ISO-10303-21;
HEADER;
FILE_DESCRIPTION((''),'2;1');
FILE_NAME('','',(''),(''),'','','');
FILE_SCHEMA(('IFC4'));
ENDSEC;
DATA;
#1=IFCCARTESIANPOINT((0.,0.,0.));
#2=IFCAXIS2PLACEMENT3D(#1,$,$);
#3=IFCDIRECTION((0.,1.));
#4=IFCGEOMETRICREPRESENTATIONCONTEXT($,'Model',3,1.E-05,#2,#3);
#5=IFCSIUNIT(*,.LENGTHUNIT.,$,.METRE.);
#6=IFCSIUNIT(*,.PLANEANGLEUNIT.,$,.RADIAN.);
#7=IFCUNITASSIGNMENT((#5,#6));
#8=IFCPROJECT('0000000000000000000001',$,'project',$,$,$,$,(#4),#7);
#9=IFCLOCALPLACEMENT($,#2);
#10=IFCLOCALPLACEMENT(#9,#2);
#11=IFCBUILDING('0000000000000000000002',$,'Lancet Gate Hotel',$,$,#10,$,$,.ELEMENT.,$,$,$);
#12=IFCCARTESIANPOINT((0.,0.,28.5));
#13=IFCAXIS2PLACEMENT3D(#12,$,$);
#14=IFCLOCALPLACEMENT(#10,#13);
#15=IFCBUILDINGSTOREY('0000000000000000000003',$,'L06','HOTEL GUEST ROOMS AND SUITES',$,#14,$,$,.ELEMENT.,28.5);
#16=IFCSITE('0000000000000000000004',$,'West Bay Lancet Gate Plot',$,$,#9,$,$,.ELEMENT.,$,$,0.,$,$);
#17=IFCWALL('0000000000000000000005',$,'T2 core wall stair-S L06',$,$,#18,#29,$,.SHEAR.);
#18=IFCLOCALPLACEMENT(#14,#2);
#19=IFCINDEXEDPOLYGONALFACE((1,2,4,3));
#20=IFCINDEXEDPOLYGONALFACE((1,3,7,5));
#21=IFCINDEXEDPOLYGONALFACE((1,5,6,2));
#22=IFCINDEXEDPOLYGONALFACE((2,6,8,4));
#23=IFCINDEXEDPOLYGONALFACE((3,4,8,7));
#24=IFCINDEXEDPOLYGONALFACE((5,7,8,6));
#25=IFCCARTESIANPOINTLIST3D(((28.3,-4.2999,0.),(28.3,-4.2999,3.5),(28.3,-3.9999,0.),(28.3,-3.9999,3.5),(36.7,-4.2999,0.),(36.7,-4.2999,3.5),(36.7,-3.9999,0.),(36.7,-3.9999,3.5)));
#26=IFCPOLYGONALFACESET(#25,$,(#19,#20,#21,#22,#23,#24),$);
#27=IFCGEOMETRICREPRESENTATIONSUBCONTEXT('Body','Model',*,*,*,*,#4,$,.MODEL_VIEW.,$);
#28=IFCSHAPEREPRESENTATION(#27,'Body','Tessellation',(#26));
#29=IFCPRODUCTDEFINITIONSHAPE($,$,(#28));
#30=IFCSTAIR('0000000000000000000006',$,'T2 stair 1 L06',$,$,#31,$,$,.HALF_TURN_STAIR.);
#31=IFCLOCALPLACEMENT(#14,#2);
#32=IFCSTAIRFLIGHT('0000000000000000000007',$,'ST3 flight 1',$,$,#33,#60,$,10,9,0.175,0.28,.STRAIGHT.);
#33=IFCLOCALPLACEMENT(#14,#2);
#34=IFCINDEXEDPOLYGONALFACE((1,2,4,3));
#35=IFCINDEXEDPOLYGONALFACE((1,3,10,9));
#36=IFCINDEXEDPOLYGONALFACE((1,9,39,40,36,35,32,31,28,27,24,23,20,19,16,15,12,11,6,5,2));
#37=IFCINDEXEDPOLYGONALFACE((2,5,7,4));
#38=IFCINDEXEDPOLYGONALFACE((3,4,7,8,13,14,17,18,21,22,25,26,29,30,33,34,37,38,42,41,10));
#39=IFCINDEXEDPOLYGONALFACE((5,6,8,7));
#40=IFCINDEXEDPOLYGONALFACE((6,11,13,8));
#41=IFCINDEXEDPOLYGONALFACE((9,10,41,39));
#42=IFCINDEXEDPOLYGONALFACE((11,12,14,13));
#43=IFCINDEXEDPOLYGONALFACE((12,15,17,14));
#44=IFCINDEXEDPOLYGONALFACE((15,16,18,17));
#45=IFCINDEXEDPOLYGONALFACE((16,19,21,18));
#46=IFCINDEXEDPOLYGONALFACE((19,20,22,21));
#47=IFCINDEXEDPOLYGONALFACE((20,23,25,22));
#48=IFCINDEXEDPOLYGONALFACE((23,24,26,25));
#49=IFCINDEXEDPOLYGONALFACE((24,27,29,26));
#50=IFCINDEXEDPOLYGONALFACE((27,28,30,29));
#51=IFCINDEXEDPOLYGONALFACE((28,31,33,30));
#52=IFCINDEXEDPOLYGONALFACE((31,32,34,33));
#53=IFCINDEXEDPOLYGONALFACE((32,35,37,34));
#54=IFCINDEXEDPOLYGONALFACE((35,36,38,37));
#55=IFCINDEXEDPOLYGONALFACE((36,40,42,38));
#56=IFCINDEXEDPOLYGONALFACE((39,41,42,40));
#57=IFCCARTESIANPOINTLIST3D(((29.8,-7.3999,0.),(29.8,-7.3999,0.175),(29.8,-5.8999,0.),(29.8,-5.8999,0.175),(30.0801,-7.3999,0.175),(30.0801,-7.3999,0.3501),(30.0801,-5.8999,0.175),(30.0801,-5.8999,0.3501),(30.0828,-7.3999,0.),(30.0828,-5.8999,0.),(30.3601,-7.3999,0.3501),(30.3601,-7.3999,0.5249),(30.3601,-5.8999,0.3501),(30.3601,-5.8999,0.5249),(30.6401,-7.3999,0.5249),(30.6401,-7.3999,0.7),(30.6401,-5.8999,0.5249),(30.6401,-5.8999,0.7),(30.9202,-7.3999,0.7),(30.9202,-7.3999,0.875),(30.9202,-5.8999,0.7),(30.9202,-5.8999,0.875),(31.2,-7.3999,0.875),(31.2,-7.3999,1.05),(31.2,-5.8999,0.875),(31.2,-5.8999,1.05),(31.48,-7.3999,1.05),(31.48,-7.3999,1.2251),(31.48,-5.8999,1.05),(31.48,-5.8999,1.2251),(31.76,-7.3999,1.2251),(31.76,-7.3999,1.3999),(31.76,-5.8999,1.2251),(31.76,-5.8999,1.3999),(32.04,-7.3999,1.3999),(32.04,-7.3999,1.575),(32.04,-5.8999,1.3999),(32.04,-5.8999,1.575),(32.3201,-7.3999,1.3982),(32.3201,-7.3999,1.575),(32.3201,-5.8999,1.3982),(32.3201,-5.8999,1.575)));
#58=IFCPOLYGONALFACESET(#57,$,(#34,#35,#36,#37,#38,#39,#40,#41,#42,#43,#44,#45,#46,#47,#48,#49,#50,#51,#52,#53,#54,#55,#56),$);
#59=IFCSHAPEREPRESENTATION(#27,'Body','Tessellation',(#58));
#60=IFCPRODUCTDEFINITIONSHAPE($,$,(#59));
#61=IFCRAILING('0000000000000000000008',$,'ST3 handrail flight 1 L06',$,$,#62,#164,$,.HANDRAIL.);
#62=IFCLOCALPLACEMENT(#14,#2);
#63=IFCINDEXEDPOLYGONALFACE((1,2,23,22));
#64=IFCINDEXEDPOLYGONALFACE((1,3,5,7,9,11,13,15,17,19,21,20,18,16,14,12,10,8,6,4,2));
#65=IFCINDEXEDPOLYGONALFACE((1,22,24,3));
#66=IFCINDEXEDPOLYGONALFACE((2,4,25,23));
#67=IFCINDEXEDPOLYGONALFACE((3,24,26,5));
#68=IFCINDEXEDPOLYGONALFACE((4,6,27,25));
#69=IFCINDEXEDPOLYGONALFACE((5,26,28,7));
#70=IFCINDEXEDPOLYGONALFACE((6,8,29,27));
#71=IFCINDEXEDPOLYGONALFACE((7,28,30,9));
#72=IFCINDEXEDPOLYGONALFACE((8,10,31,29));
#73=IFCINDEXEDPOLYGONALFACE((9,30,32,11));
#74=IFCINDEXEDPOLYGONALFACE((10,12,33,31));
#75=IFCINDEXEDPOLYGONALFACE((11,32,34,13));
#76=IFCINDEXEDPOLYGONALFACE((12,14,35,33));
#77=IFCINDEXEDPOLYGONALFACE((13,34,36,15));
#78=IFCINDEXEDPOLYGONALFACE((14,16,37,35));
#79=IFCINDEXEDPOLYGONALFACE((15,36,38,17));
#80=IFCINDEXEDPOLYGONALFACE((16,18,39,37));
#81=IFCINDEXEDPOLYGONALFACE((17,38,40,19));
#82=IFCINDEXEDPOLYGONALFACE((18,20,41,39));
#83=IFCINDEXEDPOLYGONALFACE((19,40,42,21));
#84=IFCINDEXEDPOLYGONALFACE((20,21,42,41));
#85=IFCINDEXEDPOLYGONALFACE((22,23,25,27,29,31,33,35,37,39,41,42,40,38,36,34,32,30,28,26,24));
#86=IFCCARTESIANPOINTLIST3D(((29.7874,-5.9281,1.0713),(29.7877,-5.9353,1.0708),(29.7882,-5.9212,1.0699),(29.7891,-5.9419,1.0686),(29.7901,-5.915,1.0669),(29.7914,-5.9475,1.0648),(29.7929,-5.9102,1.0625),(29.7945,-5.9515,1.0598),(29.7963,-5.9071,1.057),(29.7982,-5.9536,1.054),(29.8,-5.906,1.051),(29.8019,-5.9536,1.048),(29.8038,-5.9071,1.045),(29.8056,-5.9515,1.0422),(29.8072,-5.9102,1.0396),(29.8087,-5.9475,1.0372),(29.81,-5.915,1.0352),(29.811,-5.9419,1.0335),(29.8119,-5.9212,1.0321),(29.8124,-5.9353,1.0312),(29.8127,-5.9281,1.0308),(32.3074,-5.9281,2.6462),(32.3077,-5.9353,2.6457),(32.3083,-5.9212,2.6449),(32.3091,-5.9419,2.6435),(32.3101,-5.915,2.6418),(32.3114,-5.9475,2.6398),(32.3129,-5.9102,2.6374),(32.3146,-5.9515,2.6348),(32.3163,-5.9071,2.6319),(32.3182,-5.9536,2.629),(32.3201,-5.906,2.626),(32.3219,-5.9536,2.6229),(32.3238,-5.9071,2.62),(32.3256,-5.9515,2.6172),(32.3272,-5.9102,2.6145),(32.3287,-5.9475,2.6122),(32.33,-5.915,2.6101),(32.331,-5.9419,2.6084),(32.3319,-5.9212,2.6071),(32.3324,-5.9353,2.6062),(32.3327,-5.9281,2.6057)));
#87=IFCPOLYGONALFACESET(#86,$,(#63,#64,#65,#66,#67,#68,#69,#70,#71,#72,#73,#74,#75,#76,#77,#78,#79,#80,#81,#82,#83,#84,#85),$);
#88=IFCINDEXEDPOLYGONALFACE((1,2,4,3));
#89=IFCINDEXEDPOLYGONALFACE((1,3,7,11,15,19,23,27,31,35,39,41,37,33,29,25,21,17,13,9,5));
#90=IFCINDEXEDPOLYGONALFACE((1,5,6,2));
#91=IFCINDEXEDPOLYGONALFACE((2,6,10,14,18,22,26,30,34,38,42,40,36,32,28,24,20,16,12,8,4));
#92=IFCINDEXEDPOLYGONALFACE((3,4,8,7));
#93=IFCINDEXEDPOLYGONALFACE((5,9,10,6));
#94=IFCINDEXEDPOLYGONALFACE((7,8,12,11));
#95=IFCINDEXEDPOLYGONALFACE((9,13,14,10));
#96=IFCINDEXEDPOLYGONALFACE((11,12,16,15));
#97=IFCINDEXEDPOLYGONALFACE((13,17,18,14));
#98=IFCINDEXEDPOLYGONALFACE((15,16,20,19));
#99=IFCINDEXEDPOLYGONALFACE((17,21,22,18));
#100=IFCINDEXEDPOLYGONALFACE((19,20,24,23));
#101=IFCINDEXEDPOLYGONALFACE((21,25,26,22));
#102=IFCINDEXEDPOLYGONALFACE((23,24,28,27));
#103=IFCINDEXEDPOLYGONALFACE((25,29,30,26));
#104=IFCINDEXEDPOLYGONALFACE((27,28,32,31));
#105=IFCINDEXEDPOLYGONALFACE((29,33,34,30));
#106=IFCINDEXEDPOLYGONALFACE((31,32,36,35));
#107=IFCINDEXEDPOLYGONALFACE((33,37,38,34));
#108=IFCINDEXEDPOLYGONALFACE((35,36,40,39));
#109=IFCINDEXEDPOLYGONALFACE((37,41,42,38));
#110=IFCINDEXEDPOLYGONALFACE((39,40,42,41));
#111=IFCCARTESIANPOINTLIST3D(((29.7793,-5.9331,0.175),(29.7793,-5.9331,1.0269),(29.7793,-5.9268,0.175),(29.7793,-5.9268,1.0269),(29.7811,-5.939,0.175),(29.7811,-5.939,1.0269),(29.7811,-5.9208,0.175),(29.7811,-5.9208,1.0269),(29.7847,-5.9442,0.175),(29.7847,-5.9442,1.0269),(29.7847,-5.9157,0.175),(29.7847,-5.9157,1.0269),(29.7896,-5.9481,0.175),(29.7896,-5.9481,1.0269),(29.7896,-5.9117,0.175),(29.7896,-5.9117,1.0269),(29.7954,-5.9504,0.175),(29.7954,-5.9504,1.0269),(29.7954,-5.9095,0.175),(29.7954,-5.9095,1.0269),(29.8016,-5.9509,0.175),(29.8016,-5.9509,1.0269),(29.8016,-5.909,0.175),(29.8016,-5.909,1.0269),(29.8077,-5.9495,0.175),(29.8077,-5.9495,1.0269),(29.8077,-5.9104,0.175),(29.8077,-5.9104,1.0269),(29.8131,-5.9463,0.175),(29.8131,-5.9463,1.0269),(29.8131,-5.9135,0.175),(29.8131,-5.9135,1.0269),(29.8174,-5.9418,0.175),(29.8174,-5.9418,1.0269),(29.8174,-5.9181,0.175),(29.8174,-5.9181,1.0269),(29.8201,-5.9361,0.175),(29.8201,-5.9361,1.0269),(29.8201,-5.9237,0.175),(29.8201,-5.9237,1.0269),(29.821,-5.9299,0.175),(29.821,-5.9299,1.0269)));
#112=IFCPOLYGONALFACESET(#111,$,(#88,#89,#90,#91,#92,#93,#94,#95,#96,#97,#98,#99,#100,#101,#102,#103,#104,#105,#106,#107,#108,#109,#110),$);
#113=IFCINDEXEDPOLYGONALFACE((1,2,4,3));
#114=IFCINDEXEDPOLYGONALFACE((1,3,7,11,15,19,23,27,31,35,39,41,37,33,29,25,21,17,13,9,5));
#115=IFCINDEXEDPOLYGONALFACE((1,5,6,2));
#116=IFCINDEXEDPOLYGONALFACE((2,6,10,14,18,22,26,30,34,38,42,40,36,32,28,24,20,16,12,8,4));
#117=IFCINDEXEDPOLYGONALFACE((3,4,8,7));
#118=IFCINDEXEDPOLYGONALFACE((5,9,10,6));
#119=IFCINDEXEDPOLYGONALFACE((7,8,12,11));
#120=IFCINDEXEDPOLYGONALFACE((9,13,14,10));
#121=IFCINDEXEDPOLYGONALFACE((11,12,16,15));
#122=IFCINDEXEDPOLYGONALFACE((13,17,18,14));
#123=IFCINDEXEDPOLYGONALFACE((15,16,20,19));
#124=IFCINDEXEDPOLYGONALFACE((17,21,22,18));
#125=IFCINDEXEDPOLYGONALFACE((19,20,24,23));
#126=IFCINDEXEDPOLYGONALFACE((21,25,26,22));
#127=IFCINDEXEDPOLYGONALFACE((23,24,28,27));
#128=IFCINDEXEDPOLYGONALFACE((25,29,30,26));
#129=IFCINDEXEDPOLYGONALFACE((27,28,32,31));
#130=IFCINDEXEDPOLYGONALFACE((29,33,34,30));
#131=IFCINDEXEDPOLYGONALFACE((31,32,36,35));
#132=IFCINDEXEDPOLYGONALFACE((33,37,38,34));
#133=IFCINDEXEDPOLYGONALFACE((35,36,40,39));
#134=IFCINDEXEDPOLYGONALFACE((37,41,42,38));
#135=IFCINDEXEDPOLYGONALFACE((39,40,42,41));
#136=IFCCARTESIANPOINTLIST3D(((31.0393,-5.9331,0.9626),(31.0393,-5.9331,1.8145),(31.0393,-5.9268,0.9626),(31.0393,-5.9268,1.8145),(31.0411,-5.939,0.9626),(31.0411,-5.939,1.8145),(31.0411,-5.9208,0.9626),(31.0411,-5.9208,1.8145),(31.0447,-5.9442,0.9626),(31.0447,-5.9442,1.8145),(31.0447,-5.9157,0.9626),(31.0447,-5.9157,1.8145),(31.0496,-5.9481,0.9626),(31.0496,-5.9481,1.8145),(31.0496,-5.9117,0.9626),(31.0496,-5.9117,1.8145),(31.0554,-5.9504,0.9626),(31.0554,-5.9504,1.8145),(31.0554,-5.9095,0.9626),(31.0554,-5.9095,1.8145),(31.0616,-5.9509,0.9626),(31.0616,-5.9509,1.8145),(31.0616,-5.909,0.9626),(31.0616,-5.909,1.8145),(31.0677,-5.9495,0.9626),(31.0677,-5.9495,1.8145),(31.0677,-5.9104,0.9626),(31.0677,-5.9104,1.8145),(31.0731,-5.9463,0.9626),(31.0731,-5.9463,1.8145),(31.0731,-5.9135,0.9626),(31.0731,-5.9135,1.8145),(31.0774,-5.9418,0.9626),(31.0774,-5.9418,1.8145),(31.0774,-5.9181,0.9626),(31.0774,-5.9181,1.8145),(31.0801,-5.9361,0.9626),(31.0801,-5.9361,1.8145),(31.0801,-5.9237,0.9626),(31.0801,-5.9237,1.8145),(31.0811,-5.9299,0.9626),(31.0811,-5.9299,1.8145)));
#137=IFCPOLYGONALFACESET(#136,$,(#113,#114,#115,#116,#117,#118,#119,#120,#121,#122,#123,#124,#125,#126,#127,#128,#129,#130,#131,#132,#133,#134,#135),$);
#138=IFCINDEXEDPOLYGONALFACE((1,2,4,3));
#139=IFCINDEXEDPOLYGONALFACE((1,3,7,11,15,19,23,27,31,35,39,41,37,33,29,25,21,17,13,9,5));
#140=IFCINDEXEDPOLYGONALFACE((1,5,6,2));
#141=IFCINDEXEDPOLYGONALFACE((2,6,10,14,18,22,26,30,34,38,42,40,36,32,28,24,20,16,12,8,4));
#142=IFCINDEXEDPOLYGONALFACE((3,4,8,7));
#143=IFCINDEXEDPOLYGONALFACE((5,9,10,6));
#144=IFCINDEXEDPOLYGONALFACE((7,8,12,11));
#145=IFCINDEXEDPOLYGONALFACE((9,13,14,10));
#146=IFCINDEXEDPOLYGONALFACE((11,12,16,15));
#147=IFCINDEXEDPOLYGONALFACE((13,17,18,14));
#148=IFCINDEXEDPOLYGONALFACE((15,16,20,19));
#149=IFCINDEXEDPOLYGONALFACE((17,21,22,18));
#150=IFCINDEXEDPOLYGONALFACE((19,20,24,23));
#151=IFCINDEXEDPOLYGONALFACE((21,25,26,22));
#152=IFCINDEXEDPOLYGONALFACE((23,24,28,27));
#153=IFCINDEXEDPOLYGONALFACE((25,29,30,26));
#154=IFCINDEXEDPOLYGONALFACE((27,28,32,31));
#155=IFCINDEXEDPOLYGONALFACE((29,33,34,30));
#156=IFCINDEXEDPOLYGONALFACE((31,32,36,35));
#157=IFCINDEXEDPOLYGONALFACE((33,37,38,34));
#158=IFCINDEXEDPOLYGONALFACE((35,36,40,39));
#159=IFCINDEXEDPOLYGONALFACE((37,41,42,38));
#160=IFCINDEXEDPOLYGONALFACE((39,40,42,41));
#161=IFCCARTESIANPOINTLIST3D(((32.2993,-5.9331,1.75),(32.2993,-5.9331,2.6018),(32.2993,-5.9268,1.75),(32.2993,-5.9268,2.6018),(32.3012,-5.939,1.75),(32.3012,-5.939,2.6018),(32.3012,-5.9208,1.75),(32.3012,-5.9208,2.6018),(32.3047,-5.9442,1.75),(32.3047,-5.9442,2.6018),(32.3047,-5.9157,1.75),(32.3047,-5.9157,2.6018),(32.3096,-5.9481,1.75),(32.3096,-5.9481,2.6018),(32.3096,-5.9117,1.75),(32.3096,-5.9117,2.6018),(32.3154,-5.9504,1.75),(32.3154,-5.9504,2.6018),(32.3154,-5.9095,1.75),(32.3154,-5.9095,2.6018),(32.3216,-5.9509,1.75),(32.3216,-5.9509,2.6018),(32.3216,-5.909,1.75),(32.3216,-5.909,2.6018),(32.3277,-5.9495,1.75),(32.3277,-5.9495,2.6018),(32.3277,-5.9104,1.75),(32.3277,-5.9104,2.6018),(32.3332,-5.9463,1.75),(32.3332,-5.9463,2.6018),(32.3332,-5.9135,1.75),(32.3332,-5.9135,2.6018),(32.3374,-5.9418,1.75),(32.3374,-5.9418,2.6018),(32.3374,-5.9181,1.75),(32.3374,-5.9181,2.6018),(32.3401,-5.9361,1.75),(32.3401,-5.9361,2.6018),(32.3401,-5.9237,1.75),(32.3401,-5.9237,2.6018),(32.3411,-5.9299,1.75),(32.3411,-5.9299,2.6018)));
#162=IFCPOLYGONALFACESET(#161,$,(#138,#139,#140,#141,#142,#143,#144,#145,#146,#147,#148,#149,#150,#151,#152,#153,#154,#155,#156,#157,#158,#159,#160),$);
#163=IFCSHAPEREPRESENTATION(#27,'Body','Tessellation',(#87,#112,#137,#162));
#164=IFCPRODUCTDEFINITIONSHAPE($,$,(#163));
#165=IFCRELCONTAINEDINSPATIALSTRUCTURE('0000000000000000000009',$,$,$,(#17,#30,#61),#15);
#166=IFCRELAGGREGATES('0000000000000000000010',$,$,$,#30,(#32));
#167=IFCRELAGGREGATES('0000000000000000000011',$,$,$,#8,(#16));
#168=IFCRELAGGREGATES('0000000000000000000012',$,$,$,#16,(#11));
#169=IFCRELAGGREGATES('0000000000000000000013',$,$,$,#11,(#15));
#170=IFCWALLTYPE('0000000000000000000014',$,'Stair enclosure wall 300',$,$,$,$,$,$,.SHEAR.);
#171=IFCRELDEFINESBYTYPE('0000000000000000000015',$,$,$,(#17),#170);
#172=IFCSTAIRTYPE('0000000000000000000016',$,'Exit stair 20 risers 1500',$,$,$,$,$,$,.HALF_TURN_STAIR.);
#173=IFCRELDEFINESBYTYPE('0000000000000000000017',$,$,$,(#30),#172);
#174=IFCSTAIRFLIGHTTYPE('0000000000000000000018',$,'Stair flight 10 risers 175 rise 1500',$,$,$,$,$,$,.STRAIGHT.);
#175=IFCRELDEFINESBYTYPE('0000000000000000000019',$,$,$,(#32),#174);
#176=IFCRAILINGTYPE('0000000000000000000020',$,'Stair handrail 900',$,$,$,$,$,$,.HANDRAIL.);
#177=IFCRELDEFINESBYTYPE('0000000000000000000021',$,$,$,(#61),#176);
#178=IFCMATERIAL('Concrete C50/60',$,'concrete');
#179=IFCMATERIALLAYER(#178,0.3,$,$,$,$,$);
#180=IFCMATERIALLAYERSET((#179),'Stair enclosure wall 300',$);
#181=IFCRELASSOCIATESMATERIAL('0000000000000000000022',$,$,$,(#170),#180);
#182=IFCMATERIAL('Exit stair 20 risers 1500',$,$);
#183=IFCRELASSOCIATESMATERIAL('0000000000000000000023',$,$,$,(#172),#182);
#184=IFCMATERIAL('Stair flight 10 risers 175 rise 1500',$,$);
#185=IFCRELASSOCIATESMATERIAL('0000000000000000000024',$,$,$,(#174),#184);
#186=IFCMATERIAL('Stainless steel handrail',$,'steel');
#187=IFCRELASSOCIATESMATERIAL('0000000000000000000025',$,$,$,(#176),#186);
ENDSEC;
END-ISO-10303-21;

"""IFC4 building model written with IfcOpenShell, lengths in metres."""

from ifc_helpers import new_model, si_unit, direction, frame, frame_2d, origin, origin_2d, place, context, subcontext, project, spatial, polyline, rectangle, circle, outline, extrude, material, layer, layer_set, type_object, element, aggregate, save


model = new_model("IFC4")

# Units and contexts
model_context = context("Model", 3, precision=1e-05, world=origin(), true_north=direction((0.0, 1.0)))
body_context = subcontext(model_context, "Body", "Model", "MODEL_VIEW")
ifc_project = project(units=[si_unit("LENGTHUNIT", "METRE"), si_unit("PLANEANGLEUNIT", "RADIAN")], contexts=[model_context])

# Site, building, storey
site_placement = place(None, origin())
site = spatial("IfcSite", under=ifc_project, at=site_placement, Name="West Bay Lancet Gate Plot", CompositionType="ELEMENT", RefElevation=0.0)
building_placement = place(site_placement, origin())
building = spatial("IfcBuilding", under=site, at=building_placement, Name="Lancet Gate Hotel", CompositionType="ELEMENT")
storey_placement = place(building_placement, frame((0.0, 0.0, 28.5)))
storey = spatial("IfcBuildingStorey", under=building, at=storey_placement, Name="L06", Description="HOTEL GUEST ROOMS AND SUITES", CompositionType="ELEMENT", Elevation=28.5)

# Wall
ifc_material_1 = material(Name="Concrete C50/60", Category="concrete")
ifc_layer_1 = layer(ifc_material_1, 0.3)
ifc_layer_set_1 = layer_set([ifc_layer_1], Name="Stair enclosure wall 300")
wall_type_1 = type_object("IfcWallType", Name="Stair enclosure wall 300", PredefinedType="SHEAR", material=ifc_layer_set_1)
wall_1_placement = place(storey_placement, frame((28.3, -4.1499, 0.0), z_axis=(0.0, 0.0, 1.0), x_axis=(1.0, 0.0, 0.0)))
element("IfcWall", 1, at=wall_1_placement, inside=storey, type_object=wall_type_1, Name="T2 core wall stair-S L06", PredefinedType="SHEAR", context=body_context, shape_type="SweptSolid", body=[
    extrude(rectangle(XDim=8.3999, YDim=0.3, at=frame_2d((4.2, 0.0))), origin(), (0.0, 0.0, 1.0), 3.5),
])

# Stair, stair flight
ifc_material_2 = material(Name="Exit stair 20 risers 1500")
stair_type = type_object("IfcStairType", Name="Exit stair 20 risers 1500", PredefinedType="HALF_TURN_STAIR", material=ifc_material_2)
stair_placement = place(storey_placement, origin())
stair = element("IfcStair", 2, at=stair_placement, inside=storey, type_object=stair_type, Name="T2 stair 1 L06", PredefinedType="HALF_TURN_STAIR")
ifc_material_3 = material(Name="Stair flight 10 risers 175 rise 1500")
stair_flight_type = type_object("IfcStairFlightType", Name="Stair flight 10 risers 175 rise 1500", PredefinedType="STRAIGHT", material=ifc_material_3)
stair_flight_placement = place(storey_placement, frame((29.8, -6.6499, 0.0), z_axis=(0.0, 0.0, 1.0), x_axis=(1.0, 0.0, 0.0)))
stair_flight = element("IfcStairFlight", 3, at=stair_flight_placement, type_object=stair_flight_type, Name="ST3 flight 1", NumberOfRisers=10, NumberOfTreads=9, PredefinedType="STRAIGHT", RiserHeight=0.175, TreadLength=0.28, context=body_context, shape_type="SweptSolid", body=[
    extrude(outline(polyline([(0.0, 0.0), (0.0, 0.175), (0.28, 0.175), (0.28, 0.3501), (0.5601, 0.3501), (0.5601, 0.5249), (0.8401, 0.5249), (0.8401, 0.7), (1.1201, 0.7), (1.1201, 0.875), (1.3999, 0.875), (1.3999, 1.05), (1.6799, 1.05), (1.6799, 1.2251), (1.96, 1.2251), (1.96, 1.3999), (2.24, 1.3999), (2.24, 1.575), (2.52, 1.575), (2.52, 1.75), (2.52, 1.3982), (0.2827, 0.0), (0.0, 0.0)])), frame((0.0, 0.75, 0.0), z_axis=(0.0, -1.0, 0.0), x_axis=(1.0, 0.0, 0.0)), (0.0, 0.0, 1.0), 1.5),
])
aggregate(stair, [stair_flight])

# Railing
ifc_material_4 = material(Name="Stainless steel handrail", Category="steel")
railing_type = type_object("IfcRailingType", Name="Stair handrail 900", PredefinedType="HANDRAIL", material=ifc_material_4)
railing_placement = place(storey_placement, frame((29.8, -5.9299, 0.175)))
element("IfcRailing", 4, at=railing_placement, inside=storey, type_object=railing_type, Name="ST3 handrail flight 1 L06", PredefinedType="HANDRAIL", context=body_context, shape_type="SweptSolid", body=[
    extrude(circle(Radius=0.0239, at=origin_2d()), frame((0.0, 0.0, 0.876), z_axis=(0.848008, 0.0, 0.529984), x_axis=(0.0, 1.0, 0.0)), (0.0, 0.0, 1.0), 2.9717),
    extrude(circle(Radius=0.021, at=origin_2d()), origin(), (0.0, 0.0, 1.0), 0.8518),
    extrude(circle(Radius=0.021, at=origin_2d()), frame((1.26, 0.0, 0.7876)), (0.0, 0.0, 1.0), 0.8518),
    extrude(circle(Radius=0.021, at=origin_2d()), frame((2.52, 0.0, 1.575)), (0.0, 0.0, 1.0), 0.8518),
])

save(model, "model.ifc")
